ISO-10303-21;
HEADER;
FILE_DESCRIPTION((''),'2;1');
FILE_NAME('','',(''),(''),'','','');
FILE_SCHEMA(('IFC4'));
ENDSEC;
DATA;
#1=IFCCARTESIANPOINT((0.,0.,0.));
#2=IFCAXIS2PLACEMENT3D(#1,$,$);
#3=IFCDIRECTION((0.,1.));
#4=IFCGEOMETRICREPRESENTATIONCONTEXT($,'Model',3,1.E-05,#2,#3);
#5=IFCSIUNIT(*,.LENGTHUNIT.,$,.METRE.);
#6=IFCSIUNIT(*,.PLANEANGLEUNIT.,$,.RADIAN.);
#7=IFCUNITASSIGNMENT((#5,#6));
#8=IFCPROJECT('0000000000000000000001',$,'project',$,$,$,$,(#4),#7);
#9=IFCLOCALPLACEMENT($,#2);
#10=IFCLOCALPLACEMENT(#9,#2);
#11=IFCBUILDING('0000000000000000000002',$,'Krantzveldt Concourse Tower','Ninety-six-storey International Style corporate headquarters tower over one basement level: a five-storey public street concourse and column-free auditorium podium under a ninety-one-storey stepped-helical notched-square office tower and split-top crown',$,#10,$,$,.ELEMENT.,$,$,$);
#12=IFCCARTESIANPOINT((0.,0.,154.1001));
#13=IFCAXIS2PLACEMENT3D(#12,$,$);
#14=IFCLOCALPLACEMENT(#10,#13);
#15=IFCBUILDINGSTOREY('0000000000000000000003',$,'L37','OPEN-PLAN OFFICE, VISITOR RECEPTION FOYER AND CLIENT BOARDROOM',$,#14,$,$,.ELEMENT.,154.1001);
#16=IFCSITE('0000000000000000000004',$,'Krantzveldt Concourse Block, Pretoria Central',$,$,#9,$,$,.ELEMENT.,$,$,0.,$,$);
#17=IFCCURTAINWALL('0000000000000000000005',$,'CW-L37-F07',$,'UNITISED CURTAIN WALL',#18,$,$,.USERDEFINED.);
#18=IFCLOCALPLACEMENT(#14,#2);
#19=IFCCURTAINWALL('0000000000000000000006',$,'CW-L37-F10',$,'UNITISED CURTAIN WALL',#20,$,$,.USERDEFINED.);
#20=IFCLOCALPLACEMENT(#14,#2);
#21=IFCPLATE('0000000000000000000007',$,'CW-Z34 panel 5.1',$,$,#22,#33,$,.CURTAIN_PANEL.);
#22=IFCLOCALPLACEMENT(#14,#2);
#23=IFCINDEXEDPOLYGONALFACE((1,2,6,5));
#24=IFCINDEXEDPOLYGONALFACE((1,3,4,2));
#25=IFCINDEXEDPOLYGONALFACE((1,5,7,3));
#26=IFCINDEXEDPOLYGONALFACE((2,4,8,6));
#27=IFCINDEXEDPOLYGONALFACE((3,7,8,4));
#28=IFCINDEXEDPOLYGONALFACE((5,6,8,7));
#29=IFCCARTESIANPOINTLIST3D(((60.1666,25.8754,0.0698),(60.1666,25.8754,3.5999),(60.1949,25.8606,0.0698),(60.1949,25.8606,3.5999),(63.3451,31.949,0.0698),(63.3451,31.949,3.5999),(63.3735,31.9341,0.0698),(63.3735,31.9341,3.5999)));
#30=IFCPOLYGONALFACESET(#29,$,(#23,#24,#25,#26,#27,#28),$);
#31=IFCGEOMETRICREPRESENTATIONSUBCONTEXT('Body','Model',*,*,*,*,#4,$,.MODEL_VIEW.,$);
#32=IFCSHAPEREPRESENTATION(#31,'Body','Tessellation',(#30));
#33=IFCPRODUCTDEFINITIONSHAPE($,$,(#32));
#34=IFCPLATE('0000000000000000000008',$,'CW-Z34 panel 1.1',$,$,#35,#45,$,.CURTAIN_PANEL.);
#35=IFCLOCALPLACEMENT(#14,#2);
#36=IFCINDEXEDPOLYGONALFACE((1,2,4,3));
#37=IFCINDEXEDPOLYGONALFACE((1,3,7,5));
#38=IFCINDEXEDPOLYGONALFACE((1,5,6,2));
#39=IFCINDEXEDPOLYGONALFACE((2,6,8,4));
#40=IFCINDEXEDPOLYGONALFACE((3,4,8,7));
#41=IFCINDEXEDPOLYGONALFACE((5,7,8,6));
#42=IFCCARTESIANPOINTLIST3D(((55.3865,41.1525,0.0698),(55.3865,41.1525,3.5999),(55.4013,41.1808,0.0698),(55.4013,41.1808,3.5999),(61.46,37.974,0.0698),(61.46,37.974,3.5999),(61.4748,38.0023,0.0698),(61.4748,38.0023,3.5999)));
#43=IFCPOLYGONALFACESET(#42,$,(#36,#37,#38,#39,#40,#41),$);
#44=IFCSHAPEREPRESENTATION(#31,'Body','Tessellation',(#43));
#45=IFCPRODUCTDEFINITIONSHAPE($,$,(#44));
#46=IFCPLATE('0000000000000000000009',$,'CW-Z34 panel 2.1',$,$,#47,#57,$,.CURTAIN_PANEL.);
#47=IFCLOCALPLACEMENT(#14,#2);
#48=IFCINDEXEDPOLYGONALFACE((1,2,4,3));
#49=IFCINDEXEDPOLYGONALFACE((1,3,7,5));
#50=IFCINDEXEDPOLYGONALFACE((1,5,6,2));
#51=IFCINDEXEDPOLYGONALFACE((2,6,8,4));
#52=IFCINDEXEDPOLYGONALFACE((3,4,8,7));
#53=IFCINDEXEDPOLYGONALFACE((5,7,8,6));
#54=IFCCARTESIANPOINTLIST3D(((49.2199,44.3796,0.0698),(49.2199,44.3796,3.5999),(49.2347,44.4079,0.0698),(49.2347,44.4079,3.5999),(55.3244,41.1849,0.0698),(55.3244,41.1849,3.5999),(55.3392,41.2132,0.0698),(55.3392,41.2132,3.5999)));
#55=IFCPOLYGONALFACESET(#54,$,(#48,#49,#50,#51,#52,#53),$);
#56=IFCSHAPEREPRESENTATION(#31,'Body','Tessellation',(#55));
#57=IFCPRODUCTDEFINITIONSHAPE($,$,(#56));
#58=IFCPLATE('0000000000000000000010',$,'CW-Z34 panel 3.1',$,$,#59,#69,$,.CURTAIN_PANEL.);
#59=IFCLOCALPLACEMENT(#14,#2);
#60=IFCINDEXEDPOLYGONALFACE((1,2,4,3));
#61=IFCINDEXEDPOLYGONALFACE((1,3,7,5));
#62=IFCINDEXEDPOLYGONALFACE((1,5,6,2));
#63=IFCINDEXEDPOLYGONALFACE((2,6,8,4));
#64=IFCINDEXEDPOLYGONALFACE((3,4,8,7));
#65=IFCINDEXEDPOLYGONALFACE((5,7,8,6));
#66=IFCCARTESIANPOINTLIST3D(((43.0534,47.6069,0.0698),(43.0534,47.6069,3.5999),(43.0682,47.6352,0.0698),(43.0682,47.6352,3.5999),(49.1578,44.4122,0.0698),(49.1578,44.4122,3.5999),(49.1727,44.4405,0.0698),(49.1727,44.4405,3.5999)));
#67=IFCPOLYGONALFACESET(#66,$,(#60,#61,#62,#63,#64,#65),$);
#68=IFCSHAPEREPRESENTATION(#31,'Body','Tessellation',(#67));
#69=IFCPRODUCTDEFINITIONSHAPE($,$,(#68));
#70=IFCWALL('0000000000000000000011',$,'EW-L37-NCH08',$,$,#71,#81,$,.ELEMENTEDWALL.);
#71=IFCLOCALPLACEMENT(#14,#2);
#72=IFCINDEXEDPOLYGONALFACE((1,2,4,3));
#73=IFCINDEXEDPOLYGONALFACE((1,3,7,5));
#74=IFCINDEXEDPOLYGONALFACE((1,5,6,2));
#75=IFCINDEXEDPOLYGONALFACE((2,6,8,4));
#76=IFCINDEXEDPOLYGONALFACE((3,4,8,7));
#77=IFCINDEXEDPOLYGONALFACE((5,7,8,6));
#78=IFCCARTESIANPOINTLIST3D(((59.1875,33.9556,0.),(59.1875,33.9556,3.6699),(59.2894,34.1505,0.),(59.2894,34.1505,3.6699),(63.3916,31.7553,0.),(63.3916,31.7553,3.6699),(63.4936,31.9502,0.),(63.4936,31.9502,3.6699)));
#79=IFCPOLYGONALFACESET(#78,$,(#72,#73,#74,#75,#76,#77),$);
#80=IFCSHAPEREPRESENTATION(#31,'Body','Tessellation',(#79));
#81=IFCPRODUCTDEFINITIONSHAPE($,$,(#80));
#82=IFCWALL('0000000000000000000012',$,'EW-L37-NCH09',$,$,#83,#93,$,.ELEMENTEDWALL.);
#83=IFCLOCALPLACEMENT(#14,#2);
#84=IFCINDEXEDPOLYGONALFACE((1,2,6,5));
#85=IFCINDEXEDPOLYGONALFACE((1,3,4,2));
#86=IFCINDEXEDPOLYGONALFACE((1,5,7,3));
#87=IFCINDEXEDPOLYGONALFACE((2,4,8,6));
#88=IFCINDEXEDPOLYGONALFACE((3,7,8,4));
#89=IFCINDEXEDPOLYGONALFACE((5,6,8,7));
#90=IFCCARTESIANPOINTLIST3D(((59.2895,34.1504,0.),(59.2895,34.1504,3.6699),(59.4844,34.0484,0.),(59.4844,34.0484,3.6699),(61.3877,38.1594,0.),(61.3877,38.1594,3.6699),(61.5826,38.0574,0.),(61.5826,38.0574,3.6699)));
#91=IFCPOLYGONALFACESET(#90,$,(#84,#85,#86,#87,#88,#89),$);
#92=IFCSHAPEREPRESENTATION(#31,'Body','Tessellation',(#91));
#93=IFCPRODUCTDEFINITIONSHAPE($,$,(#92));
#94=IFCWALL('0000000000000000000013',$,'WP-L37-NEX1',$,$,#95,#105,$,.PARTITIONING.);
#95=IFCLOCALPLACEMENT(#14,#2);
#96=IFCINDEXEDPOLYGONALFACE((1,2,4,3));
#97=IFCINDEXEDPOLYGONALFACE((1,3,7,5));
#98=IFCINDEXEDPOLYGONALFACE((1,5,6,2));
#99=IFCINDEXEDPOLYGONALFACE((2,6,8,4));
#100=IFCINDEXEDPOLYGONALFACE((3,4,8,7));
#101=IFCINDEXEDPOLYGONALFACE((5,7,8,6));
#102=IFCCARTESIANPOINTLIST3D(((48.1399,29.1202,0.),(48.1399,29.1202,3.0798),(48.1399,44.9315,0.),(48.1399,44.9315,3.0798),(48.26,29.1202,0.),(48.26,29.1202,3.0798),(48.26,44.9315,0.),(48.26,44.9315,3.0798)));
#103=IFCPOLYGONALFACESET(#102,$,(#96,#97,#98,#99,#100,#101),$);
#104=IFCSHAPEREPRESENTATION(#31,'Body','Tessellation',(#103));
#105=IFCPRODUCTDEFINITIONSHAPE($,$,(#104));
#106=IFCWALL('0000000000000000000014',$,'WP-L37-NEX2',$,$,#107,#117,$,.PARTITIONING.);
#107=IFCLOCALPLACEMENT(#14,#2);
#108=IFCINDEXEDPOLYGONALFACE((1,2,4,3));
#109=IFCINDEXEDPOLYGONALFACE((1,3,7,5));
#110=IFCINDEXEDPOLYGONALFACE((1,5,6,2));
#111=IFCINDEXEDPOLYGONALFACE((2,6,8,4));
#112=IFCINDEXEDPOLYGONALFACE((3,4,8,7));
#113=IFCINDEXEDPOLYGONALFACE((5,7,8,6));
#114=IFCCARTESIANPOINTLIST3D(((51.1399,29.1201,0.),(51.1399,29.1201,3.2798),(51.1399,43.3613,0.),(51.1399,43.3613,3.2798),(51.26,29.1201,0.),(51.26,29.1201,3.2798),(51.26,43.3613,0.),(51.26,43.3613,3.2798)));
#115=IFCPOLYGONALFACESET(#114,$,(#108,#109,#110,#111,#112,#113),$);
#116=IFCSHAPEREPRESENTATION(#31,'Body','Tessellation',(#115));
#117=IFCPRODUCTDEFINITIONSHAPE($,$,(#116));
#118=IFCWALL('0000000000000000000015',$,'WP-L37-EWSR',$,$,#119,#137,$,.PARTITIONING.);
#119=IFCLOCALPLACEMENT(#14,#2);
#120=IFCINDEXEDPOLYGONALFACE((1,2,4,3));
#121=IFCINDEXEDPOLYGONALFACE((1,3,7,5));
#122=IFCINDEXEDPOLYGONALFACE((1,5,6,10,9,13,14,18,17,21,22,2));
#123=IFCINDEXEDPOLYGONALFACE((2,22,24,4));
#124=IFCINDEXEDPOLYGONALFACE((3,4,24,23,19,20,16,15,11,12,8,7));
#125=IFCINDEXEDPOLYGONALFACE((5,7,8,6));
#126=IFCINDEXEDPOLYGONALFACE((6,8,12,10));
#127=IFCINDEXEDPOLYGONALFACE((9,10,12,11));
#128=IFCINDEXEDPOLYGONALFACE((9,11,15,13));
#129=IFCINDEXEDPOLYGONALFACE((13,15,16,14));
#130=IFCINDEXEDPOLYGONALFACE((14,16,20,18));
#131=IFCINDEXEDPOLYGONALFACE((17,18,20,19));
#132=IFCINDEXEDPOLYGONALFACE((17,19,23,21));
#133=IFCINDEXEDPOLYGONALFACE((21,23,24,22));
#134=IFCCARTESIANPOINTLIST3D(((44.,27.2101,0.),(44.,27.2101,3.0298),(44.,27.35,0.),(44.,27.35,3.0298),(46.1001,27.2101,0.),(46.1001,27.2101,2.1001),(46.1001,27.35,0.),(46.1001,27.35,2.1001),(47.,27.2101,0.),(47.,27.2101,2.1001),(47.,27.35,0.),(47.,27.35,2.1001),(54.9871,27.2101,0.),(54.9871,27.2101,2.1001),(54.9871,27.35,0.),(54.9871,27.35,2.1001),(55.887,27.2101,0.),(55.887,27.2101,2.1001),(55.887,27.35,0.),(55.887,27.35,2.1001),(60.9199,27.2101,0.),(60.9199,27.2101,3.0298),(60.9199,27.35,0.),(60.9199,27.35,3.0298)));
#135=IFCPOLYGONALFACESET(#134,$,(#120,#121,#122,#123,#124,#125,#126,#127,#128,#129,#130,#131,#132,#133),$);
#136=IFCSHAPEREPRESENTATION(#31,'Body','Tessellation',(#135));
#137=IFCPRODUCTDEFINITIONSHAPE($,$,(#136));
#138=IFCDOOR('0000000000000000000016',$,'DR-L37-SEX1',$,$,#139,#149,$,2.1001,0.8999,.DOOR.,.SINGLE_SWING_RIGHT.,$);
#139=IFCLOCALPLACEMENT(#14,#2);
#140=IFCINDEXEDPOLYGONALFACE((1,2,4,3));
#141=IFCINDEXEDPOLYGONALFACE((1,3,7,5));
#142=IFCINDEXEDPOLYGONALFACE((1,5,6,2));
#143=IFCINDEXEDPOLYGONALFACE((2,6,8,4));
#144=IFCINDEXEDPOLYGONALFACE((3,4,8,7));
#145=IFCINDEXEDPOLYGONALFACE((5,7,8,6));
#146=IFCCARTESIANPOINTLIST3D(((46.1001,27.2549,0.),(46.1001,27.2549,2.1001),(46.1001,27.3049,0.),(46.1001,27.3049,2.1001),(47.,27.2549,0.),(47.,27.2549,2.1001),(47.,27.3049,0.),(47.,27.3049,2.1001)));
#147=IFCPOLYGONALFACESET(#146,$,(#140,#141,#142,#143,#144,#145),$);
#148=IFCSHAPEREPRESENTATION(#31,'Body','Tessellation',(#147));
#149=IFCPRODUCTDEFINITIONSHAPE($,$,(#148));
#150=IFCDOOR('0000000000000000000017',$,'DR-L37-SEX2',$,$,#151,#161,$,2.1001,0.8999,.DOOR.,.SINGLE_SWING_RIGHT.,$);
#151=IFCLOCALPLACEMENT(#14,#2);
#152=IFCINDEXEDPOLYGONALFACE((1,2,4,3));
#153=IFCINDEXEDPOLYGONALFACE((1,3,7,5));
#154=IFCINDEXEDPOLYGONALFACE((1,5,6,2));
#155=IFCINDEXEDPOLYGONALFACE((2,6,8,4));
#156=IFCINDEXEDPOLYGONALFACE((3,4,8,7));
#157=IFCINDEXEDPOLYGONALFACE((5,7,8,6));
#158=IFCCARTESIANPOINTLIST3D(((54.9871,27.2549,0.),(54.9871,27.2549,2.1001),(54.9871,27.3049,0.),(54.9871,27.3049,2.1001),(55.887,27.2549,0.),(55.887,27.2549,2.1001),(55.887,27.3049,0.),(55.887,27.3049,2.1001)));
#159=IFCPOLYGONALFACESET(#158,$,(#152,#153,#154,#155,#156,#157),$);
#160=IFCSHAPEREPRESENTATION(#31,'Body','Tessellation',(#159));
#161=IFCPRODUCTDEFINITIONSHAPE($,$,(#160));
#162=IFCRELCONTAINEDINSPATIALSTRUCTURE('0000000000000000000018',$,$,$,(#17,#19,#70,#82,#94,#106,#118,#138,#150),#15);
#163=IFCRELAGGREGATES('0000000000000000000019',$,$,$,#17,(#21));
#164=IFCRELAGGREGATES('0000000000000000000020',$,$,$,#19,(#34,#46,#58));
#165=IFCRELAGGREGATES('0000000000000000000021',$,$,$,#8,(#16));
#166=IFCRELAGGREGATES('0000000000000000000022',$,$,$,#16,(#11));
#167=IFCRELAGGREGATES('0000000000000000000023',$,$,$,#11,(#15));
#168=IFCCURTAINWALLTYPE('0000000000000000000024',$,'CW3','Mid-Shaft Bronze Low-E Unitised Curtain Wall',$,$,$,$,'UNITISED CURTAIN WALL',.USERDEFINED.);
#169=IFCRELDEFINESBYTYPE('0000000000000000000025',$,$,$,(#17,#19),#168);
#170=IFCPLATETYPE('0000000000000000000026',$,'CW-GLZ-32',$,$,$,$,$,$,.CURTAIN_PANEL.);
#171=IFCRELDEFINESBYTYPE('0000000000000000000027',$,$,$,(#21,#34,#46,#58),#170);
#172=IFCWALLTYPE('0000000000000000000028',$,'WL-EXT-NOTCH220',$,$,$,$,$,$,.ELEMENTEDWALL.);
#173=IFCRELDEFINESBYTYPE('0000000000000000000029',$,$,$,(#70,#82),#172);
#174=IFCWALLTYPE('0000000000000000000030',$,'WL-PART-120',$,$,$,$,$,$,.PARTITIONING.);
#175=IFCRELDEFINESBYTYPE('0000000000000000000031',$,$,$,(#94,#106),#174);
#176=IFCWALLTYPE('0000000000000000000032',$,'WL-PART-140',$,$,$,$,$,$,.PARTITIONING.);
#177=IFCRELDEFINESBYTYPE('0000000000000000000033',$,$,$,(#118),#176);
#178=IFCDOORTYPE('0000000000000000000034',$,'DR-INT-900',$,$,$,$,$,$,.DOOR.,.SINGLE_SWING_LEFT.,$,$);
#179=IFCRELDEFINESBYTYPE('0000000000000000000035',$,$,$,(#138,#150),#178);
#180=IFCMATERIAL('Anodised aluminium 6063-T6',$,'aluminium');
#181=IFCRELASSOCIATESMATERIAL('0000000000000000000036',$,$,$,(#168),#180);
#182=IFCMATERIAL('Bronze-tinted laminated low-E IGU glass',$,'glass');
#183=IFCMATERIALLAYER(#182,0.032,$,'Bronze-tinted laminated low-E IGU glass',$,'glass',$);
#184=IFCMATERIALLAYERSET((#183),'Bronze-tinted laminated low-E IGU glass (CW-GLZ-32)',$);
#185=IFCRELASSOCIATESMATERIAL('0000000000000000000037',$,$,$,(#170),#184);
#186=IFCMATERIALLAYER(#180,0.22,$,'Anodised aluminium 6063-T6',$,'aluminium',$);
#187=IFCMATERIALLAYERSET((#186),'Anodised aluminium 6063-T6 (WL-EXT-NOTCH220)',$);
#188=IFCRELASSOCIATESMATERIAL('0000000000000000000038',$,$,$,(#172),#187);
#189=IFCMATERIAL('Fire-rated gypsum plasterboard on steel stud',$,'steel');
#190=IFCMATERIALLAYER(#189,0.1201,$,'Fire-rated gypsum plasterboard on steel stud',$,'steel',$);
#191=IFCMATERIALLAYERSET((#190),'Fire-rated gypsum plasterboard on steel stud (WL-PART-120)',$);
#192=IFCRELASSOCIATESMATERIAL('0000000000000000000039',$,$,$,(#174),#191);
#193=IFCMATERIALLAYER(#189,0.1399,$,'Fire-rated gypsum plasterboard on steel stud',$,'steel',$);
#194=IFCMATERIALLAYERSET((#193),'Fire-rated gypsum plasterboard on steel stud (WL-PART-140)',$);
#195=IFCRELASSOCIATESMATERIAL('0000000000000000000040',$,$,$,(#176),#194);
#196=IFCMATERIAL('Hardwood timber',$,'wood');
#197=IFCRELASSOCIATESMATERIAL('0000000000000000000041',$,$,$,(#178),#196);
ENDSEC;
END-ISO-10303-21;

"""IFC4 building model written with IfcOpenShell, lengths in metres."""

from ifc_helpers import new_model, si_unit, direction, frame, frame_2d, origin, origin_2d, place, context, subcontext, project, spatial, rectangle, extrude, source, transform, mapped, material, layer, layer_set, type_object, type_shapes, element, fill, aggregate, save


model = new_model("IFC4")

# Units and contexts
model_context = context("Model", 3, precision=1e-05, world=origin(), true_north=direction((0.0, 1.0)))
body_context = subcontext(model_context, "Body", "Model", "MODEL_VIEW")
ifc_project = project(units=[si_unit("LENGTHUNIT", "METRE"), si_unit("PLANEANGLEUNIT", "RADIAN")], contexts=[model_context])

# Site, building, storey
site_placement = place(None, origin())
site = spatial("IfcSite", under=ifc_project, at=site_placement, Name="Krantzveldt Concourse Block, Pretoria Central", CompositionType="ELEMENT", RefElevation=0.0)
building_placement = place(site_placement, origin())
building = spatial("IfcBuilding", under=site, at=building_placement, Name="Krantzveldt Concourse Tower", Description="Ninety-six-storey International Style corporate headquarters tower over one basement level: a five-storey public street concourse and column-free auditorium podium under a ninety-one-storey stepped-helical notched-square office tower and split-top crown", CompositionType="ELEMENT")
storey_placement = place(building_placement, frame((0.0, 0.0, 154.1001)))
storey = spatial("IfcBuildingStorey", under=building, at=storey_placement, Name="L37", Description="OPEN-PLAN OFFICE, VISITOR RECEPTION FOYER AND CLIENT BOARDROOM", CompositionType="ELEMENT", Elevation=154.1001)

# Curtain wall
ifc_material_1 = material(Name="Anodised aluminium 6063-T6", Category="aluminium")
curtain_wall_type = type_object("IfcCurtainWallType", Name="CW3", Description="Mid-Shaft Bronze Low-E Unitised Curtain Wall", ElementType="UNITISED CURTAIN WALL", PredefinedType="USERDEFINED", material=ifc_material_1)
curtain_wall_1_placement = place(storey_placement, origin())
curtain_wall_1 = element("IfcCurtainWall", 1, at=curtain_wall_1_placement, inside=storey, type_object=curtain_wall_type, Name="CW-L37-F07", ObjectType="UNITISED CURTAIN WALL", PredefinedType="USERDEFINED")

# Curtain wall
curtain_wall_2_placement = place(storey_placement, origin())
curtain_wall_2 = element("IfcCurtainWall", 2, at=curtain_wall_2_placement, inside=storey, type_object=curtain_wall_type, Name="CW-L37-F10", ObjectType="UNITISED CURTAIN WALL", PredefinedType="USERDEFINED")

# Plates
ifc_material_2 = material(Name="Bronze-tinted laminated low-E IGU glass", Category="glass")
ifc_layer_1 = layer(ifc_material_2, 0.032, Name="Bronze-tinted laminated low-E IGU glass", Category="glass")
ifc_layer_set_1 = layer_set([ifc_layer_1], Name="Bronze-tinted laminated low-E IGU glass (CW-GLZ-32)")
plate_type = type_object("IfcPlateType", Name="CW-GLZ-32", PredefinedType="CURTAIN_PANEL", material=ifc_layer_set_1)
shared_shape_1 = source(origin(), body_context, "Body", "SweptSolid", [
    extrude(rectangle(XDim=6.855, YDim=0.032, at=origin_2d()), origin(), (0.0, 0.0, 1.0), 3.53),
])
plate_1_placement = place(storey_placement, frame((61.77, 28.9048, 0.0698), z_axis=(0.0, 0.0, 1.0), x_axis=(0.463683, 0.886001, 0.0)))
plate_1 = element("IfcPlate", 3, at=plate_1_placement, type_object=plate_type, Name="CW-Z34 panel 5.1", PredefinedType="CURTAIN_PANEL", context=body_context, shape_type="MappedRepresentation", body=[
    mapped(shared_shape_1, transform((0.0, 0.0, 0.0), x_axis=(1.0, 0.0, 0.0), y_axis=(0.0, 1.0, 0.0), z_axis=(0.0, 0.0, 1.0), scale=1.0)),
])
aggregate(curtain_wall_1, [plate_1])
plate_2_placement = place(storey_placement, frame((58.4307, 39.5774, 0.0698), z_axis=(0.0, 0.0, 1.0), x_axis=(-0.886001, 0.463683, 0.0)))
plate_2 = element("IfcPlate", 4, at=plate_2_placement, type_object=plate_type, Name="CW-Z34 panel 1.1", PredefinedType="CURTAIN_PANEL", context=body_context, shape_type="MappedRepresentation", body=[
    mapped(shared_shape_1, transform((0.0, 0.0, 0.0), x_axis=(1.0, 0.0, 0.0), y_axis=(0.0, 1.0, 0.0), z_axis=(0.0, 0.0, 1.0), scale=1.0)),
])
shared_shape_2 = source(origin(), body_context, "Body", "SweptSolid", [
    extrude(rectangle(XDim=6.8899, YDim=0.032, at=origin_2d()), origin(), (0.0, 0.0, 1.0), 3.53),
])
type_shapes(plate_type, [shared_shape_1, shared_shape_2])
plate_3_placement = place(storey_placement, frame((52.2795, 42.7964, 0.0698), z_axis=(0.0, 0.0, 1.0), x_axis=(-0.886001, 0.463683, 0.0)))
plate_3 = element("IfcPlate", 5, at=plate_3_placement, type_object=plate_type, Name="CW-Z34 panel 2.1", PredefinedType="CURTAIN_PANEL", context=body_context, shape_type="MappedRepresentation", body=[
    mapped(shared_shape_2, transform((0.0, 0.0, 0.0), x_axis=(1.0, 0.0, 0.0), y_axis=(0.0, 1.0, 0.0), z_axis=(0.0, 0.0, 1.0), scale=1.0)),
])
plate_4_placement = place(storey_placement, frame((46.113, 46.0237, 0.0698), z_axis=(0.0, 0.0, 1.0), x_axis=(-0.886001, 0.463683, 0.0)))
plate_4 = element("IfcPlate", 6, at=plate_4_placement, type_object=plate_type, Name="CW-Z34 panel 3.1", PredefinedType="CURTAIN_PANEL", context=body_context, shape_type="MappedRepresentation", body=[
    mapped(shared_shape_2, transform((0.0, 0.0, 0.0), x_axis=(1.0, 0.0, 0.0), y_axis=(0.0, 1.0, 0.0), z_axis=(0.0, 0.0, 1.0), scale=1.0)),
])
aggregate(curtain_wall_2, [plate_2, plate_3, plate_4])

# Walls
ifc_layer_2 = layer(ifc_material_1, 0.22, Name="Anodised aluminium 6063-T6", Category="aluminium")
ifc_layer_set_2 = layer_set([ifc_layer_2], Name="Anodised aluminium 6063-T6 (WL-EXT-NOTCH220)")
wall_type_1 = type_object("IfcWallType", Name="WL-EXT-NOTCH220", PredefinedType="ELEMENTEDWALL", material=ifc_layer_set_2)
wall_1_placement = place(storey_placement, frame((63.4426, 31.8528, 0.0), z_axis=(0.0, 0.0, 1.0), x_axis=(-0.886001, 0.463684, 0.0)))
element("IfcWall", 7, at=wall_1_placement, inside=storey, type_object=wall_type_1, Name="EW-L37-NCH08", PredefinedType="ELEMENTEDWALL", context=body_context, shape_type="SweptSolid", body=[
    extrude(rectangle(XDim=4.7451, YDim=0.22, at=frame_2d((2.3726, 0.0))), origin(), (0.0, 0.0, 1.0), 3.6699),
])
wall_2_placement = place(storey_placement, frame((59.387, 34.0994, 0.0), z_axis=(0.0, 0.0, 1.0), x_axis=(0.46369, 0.885997, 0.0)))
element("IfcWall", 8, at=wall_2_placement, inside=storey, type_object=wall_type_1, Name="EW-L37-NCH09", PredefinedType="ELEMENTEDWALL", context=body_context, shape_type="SweptSolid", body=[
    extrude(rectangle(XDim=4.5249, YDim=0.22, at=frame_2d((2.2625, 0.0))), origin(), (0.0, 0.0, 1.0), 3.6699),
])
ifc_material_3 = material(Name="Fire-rated gypsum plasterboard on steel stud", Category="steel")
ifc_layer_3 = layer(ifc_material_3, 0.1201, Name="Fire-rated gypsum plasterboard on steel stud", Category="steel")
ifc_layer_set_3 = layer_set([ifc_layer_3], Name="Fire-rated gypsum plasterboard on steel stud (WL-PART-120)")
wall_type_2 = type_object("IfcWallType", Name="WL-PART-120", PredefinedType="PARTITIONING", material=ifc_layer_set_3)
wall_3_placement = place(storey_placement, frame((48.2, 29.1201, 0.0), z_axis=(0.0, 0.0, 1.0), x_axis=(0.0, 1.0, 0.0)))
element("IfcWall", 9, at=wall_3_placement, inside=storey, type_object=wall_type_2, Name="WP-L37-NEX1", PredefinedType="PARTITIONING", context=body_context, shape_type="SweptSolid", body=[
    extrude(rectangle(XDim=15.8113, YDim=0.1201, at=frame_2d((7.9058, 0.0))), origin(), (0.0, 0.0, 1.0), 3.0798),
])
wall_4_placement = place(storey_placement, frame((51.2, 29.1201, 0.0), z_axis=(0.0, 0.0, 1.0), x_axis=(0.0, 1.0, 0.0)))
element("IfcWall", 10, at=wall_4_placement, inside=storey, type_object=wall_type_2, Name="WP-L37-NEX2", PredefinedType="PARTITIONING", context=body_context, shape_type="SweptSolid", body=[
    extrude(rectangle(XDim=14.2412, YDim=0.1201, at=frame_2d((7.1206, 0.0))), origin(), (0.0, 0.0, 1.0), 3.2798),
])

# Wall, openings, doors
ifc_layer_4 = layer(ifc_material_3, 0.1399, Name="Fire-rated gypsum plasterboard on steel stud", Category="steel")
ifc_layer_set_4 = layer_set([ifc_layer_4], Name="Fire-rated gypsum plasterboard on steel stud (WL-PART-140)")
wall_type_3 = type_object("IfcWallType", Name="WL-PART-140", PredefinedType="PARTITIONING", material=ifc_layer_set_4)
wall_5_placement = place(storey_placement, frame((44.0, 27.28, 0.0), z_axis=(0.0, 0.0, 1.0), x_axis=(1.0, 0.0, 0.0)))
wall_5 = element("IfcWall", 11, at=wall_5_placement, inside=storey, type_object=wall_type_3, Name="WP-L37-EWSR", PredefinedType="PARTITIONING", context=body_context, shape_type="SweptSolid", body=[
    extrude(rectangle(XDim=16.9199, YDim=0.1399, at=frame_2d((8.46, 0.0))), origin(), (0.0, 0.0, 1.0), 3.0298),
])
opening_1_placement = place(wall_5_placement, frame((2.1001, 0.0, 0.0)))
opening_1 = element("IfcOpeningElement", 12, at=opening_1_placement, cuts=wall_5, PredefinedType="OPENING", context=body_context, shape_type="SweptSolid", body=[
    extrude(rectangle(XDim=0.8999, YDim=2.1001, at=frame_2d((0.45, 1.05))), frame((0.0, 0.0801, 0.0), z_axis=(0.0, -1.0, 0.0), x_axis=(1.0, 0.0, 0.0)), (0.0, 0.0, 1.0), 0.1599),
])
opening_2_placement = place(wall_5_placement, frame((10.9871, 0.0, 0.0)))
opening_2 = element("IfcOpeningElement", 13, at=opening_2_placement, cuts=wall_5, PredefinedType="OPENING", context=body_context, shape_type="SweptSolid", body=[
    extrude(rectangle(XDim=0.8999, YDim=2.1001, at=frame_2d((0.45, 1.05))), frame((0.0, 0.0801, 0.0), z_axis=(0.0, -1.0, 0.0), x_axis=(1.0, 0.0, 0.0)), (0.0, 0.0, 1.0), 0.1599),
])
ifc_material_4 = material(Name="Hardwood timber", Category="wood")
door_type = type_object("IfcDoorType", Name="DR-INT-900", OperationType="SINGLE_SWING_LEFT", PredefinedType="DOOR", material=ifc_material_4)
door_1_placement = place(opening_1_placement, origin())
door_1 = element("IfcDoor", 14, at=door_1_placement, inside=storey, type_object=door_type, Name="DR-L37-SEX1", OperationType="SINGLE_SWING_RIGHT", OverallHeight=2.1001, OverallWidth=0.8999, PredefinedType="DOOR", context=body_context, shape_type="SweptSolid", body=[
    extrude(rectangle(XDim=0.8999, YDim=2.1001, at=frame_2d((0.45, 1.05))), frame((0.0, 0.0249, 0.0), z_axis=(0.0, -1.0, 0.0), x_axis=(1.0, 0.0, 0.0)), (0.0, 0.0, 1.0), 0.05),
])
fill(opening_1, door_1)
door_2_placement = place(opening_2_placement, origin())
door_2 = element("IfcDoor", 15, at=door_2_placement, inside=storey, type_object=door_type, Name="DR-L37-SEX2", OperationType="SINGLE_SWING_RIGHT", OverallHeight=2.1001, OverallWidth=0.8999, PredefinedType="DOOR", context=body_context, shape_type="SweptSolid", body=[
    extrude(rectangle(XDim=0.8999, YDim=2.1001, at=frame_2d((0.45, 1.05))), frame((0.0, 0.0249, 0.0), z_axis=(0.0, -1.0, 0.0), x_axis=(1.0, 0.0, 0.0)), (0.0, 0.0, 1.0), 0.05),
])
fill(opening_2, door_2)

save(model, "model.ifc")
